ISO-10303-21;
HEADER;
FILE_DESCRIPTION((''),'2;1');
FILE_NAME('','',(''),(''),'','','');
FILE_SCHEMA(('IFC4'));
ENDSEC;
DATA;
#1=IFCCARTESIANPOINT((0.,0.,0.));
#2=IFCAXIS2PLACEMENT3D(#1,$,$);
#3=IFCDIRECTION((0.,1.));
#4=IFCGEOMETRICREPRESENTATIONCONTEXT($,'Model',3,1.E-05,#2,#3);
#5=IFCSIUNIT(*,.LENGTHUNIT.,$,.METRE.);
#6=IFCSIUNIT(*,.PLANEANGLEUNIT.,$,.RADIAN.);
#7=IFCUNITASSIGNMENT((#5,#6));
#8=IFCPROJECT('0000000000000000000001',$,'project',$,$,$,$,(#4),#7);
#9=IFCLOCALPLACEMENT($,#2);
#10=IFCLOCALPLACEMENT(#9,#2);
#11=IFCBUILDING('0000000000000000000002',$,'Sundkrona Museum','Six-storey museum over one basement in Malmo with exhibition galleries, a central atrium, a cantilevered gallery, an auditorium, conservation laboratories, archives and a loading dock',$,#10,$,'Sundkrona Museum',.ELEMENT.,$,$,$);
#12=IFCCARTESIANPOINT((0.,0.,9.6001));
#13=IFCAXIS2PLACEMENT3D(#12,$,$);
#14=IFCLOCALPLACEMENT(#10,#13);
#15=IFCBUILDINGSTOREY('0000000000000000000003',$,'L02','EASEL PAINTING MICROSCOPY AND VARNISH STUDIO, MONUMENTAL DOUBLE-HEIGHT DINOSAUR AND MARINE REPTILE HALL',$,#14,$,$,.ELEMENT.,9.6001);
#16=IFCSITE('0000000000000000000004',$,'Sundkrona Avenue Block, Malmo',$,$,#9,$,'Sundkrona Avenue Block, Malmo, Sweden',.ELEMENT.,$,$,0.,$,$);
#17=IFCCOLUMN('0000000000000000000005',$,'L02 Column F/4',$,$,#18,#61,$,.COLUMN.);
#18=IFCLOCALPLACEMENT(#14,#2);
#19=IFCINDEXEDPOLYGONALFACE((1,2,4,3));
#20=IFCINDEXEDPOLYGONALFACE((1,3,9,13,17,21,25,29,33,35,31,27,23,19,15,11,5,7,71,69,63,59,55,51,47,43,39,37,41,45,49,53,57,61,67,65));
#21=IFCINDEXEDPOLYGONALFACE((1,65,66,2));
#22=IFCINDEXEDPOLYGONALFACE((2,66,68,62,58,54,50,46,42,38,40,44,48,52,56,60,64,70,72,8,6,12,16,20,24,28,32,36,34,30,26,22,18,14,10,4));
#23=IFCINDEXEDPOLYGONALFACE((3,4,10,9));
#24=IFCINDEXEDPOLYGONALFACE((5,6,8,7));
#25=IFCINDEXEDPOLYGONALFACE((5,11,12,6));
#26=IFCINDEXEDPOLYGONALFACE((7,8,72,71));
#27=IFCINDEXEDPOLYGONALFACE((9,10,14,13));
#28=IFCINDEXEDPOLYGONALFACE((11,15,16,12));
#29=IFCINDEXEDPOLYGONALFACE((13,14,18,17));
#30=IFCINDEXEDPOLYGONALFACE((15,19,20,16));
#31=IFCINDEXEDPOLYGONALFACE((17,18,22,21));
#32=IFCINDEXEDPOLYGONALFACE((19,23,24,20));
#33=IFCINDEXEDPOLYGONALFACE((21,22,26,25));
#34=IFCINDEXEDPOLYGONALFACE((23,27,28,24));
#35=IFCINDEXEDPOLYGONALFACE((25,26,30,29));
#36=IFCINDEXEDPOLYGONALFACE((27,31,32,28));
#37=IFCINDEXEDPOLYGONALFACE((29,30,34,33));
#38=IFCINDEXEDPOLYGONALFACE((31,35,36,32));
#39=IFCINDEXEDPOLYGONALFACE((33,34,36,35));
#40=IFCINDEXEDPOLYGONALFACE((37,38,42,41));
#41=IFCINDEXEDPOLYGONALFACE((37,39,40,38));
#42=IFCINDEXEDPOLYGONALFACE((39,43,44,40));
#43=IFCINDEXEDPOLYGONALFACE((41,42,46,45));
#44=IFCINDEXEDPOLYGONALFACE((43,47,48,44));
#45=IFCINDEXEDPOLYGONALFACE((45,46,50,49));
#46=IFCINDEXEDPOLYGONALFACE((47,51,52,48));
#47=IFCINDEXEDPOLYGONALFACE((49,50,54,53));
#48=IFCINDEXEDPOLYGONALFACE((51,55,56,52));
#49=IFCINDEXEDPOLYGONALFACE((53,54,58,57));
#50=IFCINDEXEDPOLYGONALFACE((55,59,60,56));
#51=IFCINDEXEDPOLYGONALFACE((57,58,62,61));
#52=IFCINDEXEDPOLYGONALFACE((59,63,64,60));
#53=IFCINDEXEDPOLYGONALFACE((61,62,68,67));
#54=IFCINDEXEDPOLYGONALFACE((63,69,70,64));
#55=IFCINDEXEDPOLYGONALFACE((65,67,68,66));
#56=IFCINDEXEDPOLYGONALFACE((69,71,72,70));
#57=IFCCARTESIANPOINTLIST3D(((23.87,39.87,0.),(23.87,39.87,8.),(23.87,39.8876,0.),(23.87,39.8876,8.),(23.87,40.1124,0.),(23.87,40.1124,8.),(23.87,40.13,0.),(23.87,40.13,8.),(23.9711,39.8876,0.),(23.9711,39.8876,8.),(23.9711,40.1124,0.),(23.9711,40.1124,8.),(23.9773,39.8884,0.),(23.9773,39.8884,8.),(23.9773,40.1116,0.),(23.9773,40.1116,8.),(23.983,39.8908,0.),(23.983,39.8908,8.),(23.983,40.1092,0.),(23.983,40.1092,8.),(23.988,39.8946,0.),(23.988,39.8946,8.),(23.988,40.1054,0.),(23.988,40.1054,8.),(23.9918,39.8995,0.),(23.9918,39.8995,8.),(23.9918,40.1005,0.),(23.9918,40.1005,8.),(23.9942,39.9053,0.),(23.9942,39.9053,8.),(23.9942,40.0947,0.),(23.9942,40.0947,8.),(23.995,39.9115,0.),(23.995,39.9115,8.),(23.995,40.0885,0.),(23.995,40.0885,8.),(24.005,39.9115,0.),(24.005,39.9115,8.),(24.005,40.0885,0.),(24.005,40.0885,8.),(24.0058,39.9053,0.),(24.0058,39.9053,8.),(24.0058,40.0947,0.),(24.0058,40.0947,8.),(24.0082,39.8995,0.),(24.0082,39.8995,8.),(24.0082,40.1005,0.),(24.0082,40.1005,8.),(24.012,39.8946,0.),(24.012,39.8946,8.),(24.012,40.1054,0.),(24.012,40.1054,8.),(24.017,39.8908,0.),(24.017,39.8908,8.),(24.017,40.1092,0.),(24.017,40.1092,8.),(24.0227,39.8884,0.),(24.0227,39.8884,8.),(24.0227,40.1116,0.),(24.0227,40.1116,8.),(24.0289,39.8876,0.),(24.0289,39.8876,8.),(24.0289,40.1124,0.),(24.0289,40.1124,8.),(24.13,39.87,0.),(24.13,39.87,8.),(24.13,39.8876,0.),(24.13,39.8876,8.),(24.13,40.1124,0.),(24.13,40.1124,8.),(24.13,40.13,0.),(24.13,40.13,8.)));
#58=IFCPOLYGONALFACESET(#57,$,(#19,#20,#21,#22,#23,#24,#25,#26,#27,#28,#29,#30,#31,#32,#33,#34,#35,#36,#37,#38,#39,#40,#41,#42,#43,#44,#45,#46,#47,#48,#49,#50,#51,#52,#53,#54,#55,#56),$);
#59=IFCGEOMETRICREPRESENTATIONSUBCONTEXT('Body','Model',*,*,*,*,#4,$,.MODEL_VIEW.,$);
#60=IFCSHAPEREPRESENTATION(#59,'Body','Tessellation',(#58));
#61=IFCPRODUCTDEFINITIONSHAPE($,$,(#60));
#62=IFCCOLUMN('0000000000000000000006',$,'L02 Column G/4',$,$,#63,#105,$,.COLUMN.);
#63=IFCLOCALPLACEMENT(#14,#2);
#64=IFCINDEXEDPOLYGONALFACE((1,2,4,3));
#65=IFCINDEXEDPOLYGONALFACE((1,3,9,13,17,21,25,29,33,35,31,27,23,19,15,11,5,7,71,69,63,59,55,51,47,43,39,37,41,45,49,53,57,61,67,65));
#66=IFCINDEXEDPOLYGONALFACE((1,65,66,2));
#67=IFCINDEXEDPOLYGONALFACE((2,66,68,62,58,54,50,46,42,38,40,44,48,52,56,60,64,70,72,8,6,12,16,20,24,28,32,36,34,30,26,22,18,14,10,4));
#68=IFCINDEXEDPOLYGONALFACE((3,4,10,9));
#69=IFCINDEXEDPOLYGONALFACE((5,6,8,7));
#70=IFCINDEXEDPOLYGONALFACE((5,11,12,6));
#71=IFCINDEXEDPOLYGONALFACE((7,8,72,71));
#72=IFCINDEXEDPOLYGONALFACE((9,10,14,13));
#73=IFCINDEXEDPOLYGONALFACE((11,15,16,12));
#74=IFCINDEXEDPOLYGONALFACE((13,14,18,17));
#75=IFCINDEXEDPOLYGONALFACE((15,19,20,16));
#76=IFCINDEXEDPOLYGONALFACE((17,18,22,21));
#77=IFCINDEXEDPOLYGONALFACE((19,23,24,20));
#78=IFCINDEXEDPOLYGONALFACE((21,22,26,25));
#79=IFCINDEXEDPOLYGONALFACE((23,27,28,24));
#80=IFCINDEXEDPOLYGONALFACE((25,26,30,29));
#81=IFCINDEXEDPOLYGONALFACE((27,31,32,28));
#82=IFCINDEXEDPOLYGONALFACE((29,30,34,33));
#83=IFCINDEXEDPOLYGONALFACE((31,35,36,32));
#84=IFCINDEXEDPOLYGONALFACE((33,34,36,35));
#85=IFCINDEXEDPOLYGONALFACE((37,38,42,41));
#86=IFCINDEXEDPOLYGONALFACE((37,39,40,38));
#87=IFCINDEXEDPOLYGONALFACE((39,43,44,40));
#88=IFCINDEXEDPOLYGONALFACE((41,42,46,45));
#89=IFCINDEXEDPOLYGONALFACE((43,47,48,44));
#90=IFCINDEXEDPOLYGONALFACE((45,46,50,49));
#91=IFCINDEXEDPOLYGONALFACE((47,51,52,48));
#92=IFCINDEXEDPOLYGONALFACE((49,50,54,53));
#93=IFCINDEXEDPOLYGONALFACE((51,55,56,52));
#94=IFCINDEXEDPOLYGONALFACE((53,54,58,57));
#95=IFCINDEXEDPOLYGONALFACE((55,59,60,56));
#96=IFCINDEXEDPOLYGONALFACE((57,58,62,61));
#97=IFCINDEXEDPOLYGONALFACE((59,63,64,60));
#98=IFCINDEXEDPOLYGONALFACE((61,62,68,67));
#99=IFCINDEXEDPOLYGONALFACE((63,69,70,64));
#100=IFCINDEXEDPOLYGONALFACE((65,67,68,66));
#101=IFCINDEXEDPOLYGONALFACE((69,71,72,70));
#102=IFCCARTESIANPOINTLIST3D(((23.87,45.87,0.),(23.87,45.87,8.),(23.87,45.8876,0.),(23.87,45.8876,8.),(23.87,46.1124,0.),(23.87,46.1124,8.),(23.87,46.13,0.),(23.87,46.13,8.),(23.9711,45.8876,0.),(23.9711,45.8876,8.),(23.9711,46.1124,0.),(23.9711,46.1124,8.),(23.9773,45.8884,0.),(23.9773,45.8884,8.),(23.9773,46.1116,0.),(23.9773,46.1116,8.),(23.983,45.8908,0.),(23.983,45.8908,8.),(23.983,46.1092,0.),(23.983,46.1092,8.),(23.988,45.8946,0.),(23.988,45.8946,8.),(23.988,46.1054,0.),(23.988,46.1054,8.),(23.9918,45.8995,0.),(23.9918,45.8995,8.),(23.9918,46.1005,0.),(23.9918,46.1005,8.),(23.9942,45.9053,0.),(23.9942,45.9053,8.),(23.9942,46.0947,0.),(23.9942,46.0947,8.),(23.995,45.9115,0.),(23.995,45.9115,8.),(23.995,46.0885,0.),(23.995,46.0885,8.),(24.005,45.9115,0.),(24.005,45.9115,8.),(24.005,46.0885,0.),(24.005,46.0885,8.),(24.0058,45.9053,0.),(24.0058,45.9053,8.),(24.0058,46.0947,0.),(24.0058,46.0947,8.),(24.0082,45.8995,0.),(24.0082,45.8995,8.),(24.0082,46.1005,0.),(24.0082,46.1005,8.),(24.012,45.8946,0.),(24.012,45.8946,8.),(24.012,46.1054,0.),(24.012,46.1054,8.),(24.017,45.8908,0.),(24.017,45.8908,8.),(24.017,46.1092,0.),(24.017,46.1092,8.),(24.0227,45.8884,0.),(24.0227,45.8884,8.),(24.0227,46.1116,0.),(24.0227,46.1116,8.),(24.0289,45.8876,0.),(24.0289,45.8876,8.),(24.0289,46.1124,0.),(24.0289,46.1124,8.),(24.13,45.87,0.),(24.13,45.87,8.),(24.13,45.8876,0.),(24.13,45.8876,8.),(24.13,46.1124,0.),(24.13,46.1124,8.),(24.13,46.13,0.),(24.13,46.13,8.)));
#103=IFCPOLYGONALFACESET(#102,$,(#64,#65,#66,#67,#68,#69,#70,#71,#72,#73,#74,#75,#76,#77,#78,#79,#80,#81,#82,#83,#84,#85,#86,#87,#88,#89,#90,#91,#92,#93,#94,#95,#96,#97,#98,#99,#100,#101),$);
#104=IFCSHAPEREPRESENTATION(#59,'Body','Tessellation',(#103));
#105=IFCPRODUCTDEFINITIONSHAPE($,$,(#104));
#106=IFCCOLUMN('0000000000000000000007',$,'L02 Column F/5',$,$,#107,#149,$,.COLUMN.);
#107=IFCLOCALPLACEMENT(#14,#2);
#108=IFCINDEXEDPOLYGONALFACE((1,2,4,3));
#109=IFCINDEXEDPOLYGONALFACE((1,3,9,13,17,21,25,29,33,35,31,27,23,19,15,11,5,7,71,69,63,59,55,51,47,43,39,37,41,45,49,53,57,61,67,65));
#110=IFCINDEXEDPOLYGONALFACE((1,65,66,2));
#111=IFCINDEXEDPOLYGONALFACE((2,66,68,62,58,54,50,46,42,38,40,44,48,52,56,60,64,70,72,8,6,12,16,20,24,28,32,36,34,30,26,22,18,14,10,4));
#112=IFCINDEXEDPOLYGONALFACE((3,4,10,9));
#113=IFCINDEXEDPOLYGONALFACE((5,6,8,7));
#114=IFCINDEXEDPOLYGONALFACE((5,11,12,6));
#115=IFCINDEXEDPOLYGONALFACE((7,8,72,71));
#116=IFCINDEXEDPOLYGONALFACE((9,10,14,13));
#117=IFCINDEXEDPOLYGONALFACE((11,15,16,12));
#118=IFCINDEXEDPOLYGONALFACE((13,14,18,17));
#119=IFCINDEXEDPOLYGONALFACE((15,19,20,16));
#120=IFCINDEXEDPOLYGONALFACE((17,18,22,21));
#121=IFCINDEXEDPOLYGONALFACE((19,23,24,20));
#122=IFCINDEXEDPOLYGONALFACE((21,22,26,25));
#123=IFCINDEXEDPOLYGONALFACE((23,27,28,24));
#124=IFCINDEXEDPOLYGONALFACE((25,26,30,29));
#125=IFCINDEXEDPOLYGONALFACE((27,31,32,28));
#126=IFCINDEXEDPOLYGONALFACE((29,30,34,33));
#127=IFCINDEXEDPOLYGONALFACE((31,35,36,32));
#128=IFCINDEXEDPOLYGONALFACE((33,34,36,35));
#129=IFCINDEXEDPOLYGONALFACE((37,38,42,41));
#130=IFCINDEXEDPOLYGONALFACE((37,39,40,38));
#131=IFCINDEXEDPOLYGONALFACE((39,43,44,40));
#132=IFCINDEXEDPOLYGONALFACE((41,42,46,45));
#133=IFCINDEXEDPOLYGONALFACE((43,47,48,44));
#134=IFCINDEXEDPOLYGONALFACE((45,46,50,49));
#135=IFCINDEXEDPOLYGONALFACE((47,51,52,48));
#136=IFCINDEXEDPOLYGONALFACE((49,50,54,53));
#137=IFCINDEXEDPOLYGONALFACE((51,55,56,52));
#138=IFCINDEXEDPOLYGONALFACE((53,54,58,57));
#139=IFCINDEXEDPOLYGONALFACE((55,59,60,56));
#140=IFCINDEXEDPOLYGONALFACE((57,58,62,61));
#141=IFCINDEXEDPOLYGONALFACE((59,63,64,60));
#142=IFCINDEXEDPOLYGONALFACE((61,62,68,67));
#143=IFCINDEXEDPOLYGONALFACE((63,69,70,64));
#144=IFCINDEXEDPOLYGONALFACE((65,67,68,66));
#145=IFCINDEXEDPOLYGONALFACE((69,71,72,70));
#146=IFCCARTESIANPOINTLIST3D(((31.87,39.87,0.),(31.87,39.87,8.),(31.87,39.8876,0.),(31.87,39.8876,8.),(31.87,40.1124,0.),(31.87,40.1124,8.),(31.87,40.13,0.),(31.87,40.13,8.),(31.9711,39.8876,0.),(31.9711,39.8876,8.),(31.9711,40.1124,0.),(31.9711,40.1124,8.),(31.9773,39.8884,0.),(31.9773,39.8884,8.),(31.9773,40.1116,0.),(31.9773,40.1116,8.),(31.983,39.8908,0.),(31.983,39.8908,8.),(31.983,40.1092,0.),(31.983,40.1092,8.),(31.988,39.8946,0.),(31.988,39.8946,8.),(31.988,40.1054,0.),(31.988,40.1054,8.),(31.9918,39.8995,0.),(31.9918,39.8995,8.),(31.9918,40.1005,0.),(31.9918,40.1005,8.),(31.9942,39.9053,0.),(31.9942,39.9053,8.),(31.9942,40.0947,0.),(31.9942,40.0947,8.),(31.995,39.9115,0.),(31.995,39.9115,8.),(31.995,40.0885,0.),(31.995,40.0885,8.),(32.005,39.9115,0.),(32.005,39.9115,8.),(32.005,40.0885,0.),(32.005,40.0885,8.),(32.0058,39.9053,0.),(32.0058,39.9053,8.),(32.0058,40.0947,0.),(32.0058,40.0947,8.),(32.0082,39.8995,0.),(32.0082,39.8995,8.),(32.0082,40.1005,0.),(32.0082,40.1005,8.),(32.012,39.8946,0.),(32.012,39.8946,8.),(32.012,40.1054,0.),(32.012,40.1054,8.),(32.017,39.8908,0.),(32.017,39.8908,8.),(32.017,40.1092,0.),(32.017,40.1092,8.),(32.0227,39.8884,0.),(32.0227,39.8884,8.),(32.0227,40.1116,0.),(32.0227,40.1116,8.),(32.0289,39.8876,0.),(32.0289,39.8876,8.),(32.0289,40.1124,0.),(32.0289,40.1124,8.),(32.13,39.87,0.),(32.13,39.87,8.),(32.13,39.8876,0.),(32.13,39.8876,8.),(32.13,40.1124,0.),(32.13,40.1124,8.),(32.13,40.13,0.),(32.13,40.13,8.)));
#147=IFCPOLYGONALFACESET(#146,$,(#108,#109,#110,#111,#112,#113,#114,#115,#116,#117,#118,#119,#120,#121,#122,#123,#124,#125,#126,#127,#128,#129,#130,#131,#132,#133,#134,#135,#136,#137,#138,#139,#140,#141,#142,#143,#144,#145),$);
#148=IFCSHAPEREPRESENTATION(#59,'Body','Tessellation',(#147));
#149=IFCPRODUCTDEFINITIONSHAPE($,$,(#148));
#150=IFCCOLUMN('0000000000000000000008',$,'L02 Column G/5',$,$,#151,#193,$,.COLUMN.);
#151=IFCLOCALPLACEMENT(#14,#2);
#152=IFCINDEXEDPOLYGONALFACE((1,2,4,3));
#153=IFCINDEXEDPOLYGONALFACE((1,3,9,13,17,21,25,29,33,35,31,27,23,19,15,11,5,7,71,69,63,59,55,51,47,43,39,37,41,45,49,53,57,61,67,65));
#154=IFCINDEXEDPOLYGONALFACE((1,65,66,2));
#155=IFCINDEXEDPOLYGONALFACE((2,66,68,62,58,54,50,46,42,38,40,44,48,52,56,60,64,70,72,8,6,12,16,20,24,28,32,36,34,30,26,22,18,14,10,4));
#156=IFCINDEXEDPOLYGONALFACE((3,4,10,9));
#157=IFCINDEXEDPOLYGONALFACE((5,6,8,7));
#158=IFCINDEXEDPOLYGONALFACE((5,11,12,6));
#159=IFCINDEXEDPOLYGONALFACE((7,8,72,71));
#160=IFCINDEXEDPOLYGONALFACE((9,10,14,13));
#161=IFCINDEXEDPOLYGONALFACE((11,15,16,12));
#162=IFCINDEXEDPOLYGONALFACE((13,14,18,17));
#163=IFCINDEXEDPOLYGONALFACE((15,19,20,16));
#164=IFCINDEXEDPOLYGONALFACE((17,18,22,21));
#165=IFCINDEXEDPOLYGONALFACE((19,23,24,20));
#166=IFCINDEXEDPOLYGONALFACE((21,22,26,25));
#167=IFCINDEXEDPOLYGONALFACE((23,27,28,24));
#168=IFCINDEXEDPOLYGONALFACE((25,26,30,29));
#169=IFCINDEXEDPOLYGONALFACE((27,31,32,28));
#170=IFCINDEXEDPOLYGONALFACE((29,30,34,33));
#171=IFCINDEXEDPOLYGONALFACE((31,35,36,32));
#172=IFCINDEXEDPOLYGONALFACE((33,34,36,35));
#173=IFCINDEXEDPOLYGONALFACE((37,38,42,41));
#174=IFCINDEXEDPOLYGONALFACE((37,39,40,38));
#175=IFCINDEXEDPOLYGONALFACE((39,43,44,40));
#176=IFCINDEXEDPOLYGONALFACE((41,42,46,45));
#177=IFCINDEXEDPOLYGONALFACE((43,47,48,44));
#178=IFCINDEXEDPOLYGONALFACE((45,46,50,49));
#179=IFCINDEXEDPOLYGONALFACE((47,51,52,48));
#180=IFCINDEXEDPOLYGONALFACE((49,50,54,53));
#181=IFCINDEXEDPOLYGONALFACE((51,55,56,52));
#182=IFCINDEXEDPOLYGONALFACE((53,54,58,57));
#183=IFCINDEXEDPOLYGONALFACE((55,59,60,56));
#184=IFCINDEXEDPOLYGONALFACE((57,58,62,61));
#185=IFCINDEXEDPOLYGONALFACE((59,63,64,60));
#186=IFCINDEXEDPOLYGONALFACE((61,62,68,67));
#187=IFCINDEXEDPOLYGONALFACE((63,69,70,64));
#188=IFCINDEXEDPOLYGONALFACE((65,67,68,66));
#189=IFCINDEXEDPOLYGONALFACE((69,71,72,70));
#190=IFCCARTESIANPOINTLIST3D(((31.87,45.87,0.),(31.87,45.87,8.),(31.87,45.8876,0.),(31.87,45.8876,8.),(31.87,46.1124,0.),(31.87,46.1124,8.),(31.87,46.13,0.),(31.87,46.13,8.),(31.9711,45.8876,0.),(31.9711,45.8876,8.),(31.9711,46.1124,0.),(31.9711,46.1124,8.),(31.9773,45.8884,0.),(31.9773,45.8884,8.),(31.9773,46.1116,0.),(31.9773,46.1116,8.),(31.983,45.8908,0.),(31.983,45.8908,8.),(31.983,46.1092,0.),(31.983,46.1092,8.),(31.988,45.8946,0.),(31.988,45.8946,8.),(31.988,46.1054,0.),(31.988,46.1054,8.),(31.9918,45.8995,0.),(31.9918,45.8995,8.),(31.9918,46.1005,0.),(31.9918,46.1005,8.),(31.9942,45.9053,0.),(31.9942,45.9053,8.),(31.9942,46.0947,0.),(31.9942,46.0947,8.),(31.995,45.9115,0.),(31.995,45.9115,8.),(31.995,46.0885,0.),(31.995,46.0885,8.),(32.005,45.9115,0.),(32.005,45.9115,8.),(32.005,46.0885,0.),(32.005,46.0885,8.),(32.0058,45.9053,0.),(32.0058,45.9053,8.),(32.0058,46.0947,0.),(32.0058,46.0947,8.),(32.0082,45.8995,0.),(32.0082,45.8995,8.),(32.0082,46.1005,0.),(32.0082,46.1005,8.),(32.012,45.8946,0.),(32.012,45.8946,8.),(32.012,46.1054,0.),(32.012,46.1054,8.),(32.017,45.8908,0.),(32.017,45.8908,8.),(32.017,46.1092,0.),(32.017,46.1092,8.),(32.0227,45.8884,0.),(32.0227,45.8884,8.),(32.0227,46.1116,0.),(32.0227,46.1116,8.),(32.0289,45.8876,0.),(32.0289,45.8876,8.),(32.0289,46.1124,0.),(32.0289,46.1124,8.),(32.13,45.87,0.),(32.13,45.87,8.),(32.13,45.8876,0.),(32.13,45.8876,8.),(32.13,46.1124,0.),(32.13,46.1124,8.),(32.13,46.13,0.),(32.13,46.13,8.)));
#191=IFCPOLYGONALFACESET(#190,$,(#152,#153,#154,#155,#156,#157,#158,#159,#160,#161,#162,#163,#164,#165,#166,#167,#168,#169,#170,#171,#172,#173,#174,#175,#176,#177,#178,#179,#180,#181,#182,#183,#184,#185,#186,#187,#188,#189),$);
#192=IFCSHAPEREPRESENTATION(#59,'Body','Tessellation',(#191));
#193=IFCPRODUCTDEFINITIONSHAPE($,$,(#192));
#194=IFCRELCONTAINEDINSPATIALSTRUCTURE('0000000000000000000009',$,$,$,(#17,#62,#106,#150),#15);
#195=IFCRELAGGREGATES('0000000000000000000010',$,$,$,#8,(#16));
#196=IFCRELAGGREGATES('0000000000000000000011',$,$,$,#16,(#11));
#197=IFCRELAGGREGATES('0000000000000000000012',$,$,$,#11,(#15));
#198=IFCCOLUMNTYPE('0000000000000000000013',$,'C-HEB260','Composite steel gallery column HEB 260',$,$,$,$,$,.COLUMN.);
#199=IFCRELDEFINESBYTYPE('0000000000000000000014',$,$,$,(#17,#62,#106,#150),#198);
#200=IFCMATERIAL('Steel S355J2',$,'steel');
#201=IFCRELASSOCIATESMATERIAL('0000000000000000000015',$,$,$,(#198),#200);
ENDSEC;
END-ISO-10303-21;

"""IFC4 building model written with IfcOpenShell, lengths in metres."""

from ifc_helpers import new_model, si_unit, direction, frame, origin, origin_2d, place, context, subcontext, project, spatial, i_section, extrude, material, material_profile, profile_set, type_object, element, save


model = new_model("IFC4")

# Units and contexts
model_context = context("Model", 3, precision=1e-05, world=origin(), true_north=direction((0.0, 1.0)))
body_context = subcontext(model_context, "Body", "Model", "MODEL_VIEW")
ifc_project = project(units=[si_unit("LENGTHUNIT", "METRE"), si_unit("PLANEANGLEUNIT", "RADIAN")], contexts=[model_context])

# Site, building, storey
site_placement = place(None, origin())
site = spatial("IfcSite", under=ifc_project, at=site_placement, Name="Sundkrona Avenue Block, Malmo", LongName="Sundkrona Avenue Block, Malmo, Sweden", CompositionType="ELEMENT", RefElevation=0.0)
building_placement = place(site_placement, origin())
building = spatial("IfcBuilding", under=site, at=building_placement, Name="Sundkrona Museum", Description="Six-storey museum over one basement in Malmo with exhibition galleries, a central atrium, a cantilevered gallery, an auditorium, conservation laboratories, archives and a loading dock", LongName="Sundkrona Museum", CompositionType="ELEMENT")
storey_placement = place(building_placement, frame((0.0, 0.0, 9.6001)))
storey = spatial("IfcBuildingStorey", under=building, at=storey_placement, Name="L02", Description="EASEL PAINTING MICROSCOPY AND VARNISH STUDIO, MONUMENTAL DOUBLE-HEIGHT DINOSAUR AND MARINE REPTILE HALL", CompositionType="ELEMENT", Elevation=9.6001)

# Columns
ifc_material_1 = material(Name="Steel S355J2", Category="steel")
ifc_material_profile_1 = material_profile(ifc_material_1, i_section(OverallWidth=0.26, OverallDepth=0.26, WebThickness=0.01, FlangeThickness=0.0176, FilletRadius=0.0239, at=origin_2d()), Name="HEB 260")
ifc_profile_set_1 = profile_set([ifc_material_profile_1], Name="Steel S355J2")
column_type = type_object("IfcColumnType", Name="C-HEB260", Description="Composite steel gallery column HEB 260", PredefinedType="COLUMN", material=ifc_profile_set_1)
for number, where, z_axis, x_axis, name in (
    (1, (24.0, 40.0, 0.0), (0.0, 0.0, 1.0), (1.0, 0.0, 0.0), "L02 Column F/4"),
    (2, (24.0, 46.0, 0.0), (0.0, 0.0, 1.0), (1.0, 0.0, 0.0), "L02 Column G/4"),
    (3, (32.0, 40.0, 0.0), (0.0, 0.0, 1.0), (1.0, 0.0, 0.0), "L02 Column F/5"),
    (4, (32.0, 46.0, 0.0), (0.0, 0.0, 1.0), (1.0, 0.0, 0.0), "L02 Column G/5"),
):
    element("IfcColumn", number, at=place(storey_placement, frame(where, z_axis=z_axis, x_axis=x_axis)), inside=storey, type_object=column_type, Name=name, PredefinedType="COLUMN", context=body_context, shape_type="SweptSolid", body=[
        extrude(i_section(OverallWidth=0.26, OverallDepth=0.26, WebThickness=0.01, FlangeThickness=0.0176, FilletRadius=0.0239, at=origin_2d()), origin(), (0.0, 0.0, 1.0), 8.0),
    ])

save(model, "model.ifc")
